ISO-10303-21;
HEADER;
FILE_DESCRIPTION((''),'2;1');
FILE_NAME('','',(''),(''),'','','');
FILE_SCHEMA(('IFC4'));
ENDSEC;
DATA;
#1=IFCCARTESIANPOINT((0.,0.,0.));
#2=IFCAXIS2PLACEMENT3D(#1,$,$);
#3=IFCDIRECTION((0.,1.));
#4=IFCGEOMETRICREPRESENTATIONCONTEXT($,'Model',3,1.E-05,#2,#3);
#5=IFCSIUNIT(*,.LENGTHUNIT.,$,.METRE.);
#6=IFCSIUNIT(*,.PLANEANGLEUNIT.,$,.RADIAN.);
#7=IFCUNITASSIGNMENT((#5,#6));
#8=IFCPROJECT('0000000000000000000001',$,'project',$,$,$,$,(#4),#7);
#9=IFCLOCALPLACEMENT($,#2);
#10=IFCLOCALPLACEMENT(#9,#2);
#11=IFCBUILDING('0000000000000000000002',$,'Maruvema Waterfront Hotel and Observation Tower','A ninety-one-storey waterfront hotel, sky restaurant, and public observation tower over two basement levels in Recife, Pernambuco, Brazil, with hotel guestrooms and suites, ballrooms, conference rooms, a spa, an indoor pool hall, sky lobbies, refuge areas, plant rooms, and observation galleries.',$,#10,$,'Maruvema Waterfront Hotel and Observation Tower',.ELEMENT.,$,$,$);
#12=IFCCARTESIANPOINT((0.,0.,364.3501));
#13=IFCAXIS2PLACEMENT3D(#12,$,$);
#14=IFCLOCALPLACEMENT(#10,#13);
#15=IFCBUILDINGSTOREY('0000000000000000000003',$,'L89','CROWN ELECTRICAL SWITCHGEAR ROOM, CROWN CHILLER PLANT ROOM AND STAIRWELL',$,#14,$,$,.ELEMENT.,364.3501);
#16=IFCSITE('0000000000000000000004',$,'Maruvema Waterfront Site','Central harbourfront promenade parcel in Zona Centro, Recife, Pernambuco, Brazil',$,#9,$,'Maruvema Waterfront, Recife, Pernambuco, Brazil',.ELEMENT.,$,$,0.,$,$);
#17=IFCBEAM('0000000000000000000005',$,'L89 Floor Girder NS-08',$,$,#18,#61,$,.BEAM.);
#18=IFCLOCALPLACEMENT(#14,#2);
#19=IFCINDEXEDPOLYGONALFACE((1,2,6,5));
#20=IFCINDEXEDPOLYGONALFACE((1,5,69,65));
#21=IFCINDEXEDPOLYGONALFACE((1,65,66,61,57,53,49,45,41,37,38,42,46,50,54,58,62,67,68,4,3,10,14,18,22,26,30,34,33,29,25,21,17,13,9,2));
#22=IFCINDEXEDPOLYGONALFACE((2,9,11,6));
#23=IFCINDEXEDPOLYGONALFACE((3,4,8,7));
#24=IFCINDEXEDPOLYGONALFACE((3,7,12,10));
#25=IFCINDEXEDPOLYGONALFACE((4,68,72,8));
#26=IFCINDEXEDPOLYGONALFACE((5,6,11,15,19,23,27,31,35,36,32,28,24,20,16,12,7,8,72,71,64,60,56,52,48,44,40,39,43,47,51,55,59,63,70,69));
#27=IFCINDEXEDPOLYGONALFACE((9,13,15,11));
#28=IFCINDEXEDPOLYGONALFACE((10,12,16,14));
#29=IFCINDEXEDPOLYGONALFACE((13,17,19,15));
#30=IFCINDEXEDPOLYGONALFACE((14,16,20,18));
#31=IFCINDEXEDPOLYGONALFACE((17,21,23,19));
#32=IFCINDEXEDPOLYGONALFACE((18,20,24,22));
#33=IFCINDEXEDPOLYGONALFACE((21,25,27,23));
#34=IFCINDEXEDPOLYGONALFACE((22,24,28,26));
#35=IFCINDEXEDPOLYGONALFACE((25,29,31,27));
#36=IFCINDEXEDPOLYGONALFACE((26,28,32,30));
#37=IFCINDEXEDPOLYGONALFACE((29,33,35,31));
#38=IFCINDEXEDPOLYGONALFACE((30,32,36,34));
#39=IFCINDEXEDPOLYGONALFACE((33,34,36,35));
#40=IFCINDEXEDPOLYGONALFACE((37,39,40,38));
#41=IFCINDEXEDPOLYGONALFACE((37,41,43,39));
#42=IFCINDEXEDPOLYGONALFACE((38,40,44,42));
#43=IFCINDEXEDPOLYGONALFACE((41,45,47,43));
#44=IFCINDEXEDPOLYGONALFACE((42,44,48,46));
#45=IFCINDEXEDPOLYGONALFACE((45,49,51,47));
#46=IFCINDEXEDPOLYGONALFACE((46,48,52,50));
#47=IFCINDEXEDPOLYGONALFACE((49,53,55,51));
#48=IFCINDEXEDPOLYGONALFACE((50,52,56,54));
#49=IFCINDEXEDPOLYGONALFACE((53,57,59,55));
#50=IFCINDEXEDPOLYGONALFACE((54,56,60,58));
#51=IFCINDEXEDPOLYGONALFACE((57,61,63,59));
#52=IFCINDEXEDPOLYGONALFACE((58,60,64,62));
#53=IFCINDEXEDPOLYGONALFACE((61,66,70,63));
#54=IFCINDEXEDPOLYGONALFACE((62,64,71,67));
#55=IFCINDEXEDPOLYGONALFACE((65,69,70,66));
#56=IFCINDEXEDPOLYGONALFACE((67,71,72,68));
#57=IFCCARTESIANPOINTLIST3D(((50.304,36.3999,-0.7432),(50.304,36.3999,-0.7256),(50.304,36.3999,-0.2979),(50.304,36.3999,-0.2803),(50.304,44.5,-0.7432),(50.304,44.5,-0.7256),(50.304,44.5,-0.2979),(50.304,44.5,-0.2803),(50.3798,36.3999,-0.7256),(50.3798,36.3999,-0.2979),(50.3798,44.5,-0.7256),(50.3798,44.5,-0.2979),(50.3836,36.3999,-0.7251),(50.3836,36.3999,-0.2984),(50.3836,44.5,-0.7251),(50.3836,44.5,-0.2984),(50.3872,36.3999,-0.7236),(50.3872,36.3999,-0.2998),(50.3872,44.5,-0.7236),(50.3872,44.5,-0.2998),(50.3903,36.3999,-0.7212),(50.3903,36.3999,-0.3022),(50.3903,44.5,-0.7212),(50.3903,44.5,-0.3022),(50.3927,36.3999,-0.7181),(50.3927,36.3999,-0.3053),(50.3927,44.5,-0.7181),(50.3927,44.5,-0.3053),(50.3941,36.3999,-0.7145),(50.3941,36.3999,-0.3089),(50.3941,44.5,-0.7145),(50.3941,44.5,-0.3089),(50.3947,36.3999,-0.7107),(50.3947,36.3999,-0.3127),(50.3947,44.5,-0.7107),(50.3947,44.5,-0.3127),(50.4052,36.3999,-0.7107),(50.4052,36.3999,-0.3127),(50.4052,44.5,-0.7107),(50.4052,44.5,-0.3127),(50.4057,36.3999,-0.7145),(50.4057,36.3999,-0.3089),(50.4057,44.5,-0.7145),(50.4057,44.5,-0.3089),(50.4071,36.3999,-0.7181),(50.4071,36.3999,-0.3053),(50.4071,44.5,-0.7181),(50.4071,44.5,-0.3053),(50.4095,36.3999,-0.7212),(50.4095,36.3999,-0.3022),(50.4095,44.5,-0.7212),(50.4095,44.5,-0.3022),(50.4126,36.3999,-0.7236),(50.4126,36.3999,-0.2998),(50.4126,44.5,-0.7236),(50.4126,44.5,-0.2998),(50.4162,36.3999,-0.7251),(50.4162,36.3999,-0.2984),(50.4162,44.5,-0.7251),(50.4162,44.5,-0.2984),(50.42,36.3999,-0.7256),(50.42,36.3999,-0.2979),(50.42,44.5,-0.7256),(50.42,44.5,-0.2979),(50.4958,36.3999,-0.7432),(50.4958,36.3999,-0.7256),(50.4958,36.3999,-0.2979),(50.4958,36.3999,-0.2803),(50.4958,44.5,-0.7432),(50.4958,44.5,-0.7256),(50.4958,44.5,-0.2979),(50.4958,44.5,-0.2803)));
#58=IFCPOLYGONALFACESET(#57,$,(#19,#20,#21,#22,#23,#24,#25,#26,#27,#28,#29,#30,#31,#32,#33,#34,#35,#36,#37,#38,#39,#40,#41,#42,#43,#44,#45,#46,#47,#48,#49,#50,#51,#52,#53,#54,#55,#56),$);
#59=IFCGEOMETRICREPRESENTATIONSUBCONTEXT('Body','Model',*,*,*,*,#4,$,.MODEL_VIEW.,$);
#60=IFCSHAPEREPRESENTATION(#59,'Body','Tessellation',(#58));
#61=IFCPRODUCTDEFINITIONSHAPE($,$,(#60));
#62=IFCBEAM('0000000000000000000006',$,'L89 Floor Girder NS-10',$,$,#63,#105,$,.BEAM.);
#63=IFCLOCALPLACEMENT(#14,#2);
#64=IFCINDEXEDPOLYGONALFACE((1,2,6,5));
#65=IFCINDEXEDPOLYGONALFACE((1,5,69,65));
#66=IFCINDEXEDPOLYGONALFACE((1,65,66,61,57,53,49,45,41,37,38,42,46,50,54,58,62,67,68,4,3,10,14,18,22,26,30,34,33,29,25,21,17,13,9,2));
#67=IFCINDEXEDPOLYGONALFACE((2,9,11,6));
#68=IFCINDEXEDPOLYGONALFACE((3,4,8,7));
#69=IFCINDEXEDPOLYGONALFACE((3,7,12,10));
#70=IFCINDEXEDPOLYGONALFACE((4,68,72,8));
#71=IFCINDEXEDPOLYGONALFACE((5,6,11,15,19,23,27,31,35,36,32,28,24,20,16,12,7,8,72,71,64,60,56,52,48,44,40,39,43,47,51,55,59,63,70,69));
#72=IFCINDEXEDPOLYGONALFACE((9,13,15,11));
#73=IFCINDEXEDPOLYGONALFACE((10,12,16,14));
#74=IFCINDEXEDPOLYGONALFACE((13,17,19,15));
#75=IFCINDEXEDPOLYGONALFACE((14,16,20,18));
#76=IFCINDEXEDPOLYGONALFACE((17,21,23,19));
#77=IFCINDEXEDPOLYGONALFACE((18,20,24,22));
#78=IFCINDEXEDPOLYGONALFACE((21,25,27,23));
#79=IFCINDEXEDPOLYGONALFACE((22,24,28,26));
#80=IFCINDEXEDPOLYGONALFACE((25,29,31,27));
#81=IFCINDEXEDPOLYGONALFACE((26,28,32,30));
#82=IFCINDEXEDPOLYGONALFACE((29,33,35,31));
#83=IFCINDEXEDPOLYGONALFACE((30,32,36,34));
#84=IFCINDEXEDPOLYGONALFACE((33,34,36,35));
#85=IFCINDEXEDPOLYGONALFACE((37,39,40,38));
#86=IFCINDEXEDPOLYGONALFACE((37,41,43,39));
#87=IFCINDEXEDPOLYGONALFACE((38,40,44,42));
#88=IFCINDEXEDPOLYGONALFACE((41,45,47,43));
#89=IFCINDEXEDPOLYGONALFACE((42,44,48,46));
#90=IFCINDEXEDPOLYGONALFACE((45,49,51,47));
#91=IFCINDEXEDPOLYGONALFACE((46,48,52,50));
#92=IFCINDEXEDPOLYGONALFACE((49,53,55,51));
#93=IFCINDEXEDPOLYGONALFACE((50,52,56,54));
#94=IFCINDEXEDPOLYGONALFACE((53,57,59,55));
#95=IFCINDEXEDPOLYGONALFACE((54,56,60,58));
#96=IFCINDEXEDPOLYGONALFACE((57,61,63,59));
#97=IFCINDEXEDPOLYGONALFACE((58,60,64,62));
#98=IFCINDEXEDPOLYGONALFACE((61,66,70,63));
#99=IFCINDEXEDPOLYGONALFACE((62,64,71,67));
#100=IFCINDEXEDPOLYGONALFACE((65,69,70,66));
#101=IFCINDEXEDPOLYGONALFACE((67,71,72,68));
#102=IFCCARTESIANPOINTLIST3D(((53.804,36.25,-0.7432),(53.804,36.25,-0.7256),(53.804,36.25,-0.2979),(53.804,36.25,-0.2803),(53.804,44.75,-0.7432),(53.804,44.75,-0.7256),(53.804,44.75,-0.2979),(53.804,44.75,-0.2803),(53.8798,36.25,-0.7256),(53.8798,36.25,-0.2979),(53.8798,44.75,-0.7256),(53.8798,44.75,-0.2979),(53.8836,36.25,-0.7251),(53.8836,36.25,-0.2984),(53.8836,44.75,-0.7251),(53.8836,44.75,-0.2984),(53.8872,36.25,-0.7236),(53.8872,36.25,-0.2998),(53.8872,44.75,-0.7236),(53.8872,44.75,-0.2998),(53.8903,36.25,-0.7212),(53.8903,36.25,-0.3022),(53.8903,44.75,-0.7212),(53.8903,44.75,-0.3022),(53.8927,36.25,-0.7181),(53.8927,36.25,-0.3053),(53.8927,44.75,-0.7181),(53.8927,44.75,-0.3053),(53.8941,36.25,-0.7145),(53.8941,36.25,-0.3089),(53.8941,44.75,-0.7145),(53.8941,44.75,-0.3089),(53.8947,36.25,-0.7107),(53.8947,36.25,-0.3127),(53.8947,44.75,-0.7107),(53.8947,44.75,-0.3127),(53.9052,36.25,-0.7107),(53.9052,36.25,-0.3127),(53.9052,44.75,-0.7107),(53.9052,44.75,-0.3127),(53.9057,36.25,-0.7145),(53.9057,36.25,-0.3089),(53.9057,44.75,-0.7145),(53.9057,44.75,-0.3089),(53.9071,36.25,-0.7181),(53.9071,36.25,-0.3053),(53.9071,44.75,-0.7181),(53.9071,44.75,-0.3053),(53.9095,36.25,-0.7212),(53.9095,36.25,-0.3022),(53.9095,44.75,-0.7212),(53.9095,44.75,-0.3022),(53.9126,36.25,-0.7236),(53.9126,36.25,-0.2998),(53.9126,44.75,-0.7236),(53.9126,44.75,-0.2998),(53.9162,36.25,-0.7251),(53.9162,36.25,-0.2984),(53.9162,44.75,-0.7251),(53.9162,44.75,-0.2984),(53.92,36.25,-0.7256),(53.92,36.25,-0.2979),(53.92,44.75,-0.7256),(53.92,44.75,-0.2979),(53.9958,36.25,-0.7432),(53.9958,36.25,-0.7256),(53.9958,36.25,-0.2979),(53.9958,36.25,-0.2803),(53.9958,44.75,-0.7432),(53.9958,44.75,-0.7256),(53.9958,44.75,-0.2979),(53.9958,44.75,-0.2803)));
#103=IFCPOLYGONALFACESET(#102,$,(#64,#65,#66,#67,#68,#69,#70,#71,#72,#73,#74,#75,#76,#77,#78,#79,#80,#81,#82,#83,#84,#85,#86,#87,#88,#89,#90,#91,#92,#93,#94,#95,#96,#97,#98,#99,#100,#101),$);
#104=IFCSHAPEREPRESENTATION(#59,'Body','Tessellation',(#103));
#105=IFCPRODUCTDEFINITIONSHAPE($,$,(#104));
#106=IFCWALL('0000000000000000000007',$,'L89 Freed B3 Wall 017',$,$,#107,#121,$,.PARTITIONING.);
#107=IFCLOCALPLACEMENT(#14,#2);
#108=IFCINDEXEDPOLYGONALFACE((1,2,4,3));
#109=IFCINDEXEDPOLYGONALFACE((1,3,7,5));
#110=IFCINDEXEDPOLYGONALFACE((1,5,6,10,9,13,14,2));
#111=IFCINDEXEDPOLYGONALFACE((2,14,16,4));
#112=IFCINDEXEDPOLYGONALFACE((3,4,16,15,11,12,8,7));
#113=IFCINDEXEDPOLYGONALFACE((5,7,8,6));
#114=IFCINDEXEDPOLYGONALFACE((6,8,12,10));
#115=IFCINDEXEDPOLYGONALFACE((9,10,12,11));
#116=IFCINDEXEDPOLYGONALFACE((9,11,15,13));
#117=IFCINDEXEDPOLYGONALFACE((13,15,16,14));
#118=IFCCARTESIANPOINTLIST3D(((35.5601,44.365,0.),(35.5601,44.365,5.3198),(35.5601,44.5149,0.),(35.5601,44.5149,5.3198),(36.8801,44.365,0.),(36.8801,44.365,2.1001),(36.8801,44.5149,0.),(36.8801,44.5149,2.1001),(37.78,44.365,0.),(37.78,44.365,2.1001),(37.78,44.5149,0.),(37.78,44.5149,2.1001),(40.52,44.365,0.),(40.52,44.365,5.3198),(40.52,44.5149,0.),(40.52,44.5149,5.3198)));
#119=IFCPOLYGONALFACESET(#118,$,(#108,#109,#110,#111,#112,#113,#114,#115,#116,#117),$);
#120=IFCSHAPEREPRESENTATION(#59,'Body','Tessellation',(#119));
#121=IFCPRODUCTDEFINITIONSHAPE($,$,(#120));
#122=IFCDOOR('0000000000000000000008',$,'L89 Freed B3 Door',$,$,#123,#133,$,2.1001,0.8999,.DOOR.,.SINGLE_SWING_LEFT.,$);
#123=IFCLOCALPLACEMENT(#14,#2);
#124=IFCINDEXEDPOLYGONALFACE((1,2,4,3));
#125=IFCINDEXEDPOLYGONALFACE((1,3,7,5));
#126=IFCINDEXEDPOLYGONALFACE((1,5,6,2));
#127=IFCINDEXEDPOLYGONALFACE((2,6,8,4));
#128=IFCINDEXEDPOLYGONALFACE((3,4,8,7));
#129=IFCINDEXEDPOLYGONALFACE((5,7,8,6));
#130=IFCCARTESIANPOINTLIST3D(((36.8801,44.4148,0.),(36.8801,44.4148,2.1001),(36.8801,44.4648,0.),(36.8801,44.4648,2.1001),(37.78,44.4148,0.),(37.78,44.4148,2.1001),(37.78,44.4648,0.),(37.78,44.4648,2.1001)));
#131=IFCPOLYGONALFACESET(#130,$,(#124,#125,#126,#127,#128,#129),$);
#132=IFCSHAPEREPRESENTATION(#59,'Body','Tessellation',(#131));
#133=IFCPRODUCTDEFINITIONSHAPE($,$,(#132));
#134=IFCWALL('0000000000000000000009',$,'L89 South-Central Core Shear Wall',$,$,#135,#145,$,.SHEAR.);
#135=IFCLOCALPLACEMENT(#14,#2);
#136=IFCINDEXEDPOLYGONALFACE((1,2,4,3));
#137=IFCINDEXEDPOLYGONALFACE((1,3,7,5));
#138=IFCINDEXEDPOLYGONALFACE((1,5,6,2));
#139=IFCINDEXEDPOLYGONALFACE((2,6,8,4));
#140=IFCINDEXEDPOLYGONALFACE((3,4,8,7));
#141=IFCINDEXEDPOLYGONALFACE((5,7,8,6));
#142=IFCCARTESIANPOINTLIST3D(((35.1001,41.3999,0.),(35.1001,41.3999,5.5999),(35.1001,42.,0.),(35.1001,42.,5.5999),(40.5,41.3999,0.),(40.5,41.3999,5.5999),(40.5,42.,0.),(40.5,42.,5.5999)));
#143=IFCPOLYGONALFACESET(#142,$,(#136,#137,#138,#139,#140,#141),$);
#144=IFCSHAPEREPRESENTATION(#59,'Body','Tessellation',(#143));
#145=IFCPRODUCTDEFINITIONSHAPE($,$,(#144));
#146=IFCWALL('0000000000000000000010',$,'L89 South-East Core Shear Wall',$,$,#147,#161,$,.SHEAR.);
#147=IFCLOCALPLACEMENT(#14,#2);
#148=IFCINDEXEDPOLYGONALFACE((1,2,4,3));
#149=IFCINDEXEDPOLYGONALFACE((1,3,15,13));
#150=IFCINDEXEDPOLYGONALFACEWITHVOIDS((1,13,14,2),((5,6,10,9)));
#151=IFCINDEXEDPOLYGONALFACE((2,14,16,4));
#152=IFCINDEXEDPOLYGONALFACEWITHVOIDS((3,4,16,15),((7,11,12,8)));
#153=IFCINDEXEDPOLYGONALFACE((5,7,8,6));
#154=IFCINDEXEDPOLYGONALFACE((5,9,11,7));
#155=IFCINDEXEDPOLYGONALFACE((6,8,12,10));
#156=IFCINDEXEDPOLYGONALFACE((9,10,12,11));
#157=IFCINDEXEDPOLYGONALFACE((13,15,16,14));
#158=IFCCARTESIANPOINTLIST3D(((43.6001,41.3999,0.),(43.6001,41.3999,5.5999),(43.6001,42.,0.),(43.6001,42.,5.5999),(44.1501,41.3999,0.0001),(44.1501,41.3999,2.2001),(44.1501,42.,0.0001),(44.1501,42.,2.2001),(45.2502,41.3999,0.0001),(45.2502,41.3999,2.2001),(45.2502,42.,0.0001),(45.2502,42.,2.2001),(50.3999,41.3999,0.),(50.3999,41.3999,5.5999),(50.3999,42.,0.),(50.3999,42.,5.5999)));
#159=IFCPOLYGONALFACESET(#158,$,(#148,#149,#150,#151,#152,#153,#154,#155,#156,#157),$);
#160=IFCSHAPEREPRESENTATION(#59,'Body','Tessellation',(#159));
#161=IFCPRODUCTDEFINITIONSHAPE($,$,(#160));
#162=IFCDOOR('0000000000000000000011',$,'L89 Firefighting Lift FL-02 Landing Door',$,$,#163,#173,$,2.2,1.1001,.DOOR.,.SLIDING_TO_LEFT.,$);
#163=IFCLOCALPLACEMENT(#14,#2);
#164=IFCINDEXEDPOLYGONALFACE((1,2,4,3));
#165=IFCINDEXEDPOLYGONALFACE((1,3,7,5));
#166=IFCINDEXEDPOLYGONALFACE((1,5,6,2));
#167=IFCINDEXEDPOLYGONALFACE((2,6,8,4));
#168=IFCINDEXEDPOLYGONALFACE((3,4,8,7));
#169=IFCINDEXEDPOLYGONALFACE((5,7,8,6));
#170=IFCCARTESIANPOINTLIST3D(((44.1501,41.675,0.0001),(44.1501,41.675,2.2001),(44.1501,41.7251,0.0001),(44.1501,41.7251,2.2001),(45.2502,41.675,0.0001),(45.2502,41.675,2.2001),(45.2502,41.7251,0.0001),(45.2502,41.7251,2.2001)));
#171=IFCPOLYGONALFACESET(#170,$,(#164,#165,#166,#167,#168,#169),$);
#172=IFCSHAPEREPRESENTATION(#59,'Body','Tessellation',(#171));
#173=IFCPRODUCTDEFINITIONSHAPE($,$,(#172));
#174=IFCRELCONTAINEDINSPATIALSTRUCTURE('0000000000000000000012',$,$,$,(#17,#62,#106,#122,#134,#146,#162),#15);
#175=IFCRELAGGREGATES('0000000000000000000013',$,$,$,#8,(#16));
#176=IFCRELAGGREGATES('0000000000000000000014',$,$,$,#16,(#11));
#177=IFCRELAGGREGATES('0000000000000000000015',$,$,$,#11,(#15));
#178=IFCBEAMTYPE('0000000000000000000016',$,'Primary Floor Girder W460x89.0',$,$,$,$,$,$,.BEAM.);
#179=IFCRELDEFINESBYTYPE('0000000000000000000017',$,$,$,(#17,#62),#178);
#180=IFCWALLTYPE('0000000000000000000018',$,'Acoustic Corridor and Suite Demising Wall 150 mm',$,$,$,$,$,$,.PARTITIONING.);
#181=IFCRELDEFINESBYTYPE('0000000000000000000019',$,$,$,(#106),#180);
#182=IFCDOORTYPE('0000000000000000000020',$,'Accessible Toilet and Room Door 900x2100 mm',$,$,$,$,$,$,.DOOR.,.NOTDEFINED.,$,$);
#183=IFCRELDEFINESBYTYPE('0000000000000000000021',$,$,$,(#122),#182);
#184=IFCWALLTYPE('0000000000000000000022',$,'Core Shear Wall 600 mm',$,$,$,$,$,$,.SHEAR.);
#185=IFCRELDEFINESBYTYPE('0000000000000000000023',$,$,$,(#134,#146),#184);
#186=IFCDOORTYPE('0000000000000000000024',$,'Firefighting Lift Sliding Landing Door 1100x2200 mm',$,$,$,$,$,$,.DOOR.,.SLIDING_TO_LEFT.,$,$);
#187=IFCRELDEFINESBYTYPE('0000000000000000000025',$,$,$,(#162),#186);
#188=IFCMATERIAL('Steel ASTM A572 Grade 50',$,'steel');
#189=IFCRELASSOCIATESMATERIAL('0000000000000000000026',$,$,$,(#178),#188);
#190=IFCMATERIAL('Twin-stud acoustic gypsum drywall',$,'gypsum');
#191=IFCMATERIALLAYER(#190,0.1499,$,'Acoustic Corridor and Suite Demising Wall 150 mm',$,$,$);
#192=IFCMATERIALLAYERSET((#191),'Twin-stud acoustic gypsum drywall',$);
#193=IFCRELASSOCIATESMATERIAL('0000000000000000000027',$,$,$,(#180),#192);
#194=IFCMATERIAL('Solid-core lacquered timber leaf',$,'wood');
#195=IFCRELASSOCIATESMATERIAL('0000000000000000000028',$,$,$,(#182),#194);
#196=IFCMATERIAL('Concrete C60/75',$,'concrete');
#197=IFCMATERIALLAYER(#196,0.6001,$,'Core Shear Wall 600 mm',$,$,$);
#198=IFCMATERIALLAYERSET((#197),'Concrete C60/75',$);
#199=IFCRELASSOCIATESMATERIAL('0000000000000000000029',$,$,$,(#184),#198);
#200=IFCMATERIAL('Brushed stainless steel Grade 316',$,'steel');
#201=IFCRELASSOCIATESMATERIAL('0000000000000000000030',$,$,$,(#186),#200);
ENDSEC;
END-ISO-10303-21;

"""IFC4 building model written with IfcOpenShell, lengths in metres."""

from ifc_helpers import new_model, si_unit, direction, frame, frame_2d, origin, origin_2d, place, context, subcontext, project, spatial, rectangle, i_section, extrude, material, layer, layer_set, material_profile, profile_set, type_object, element, fill, save


model = new_model("IFC4")

# Units and contexts
model_context = context("Model", 3, precision=1e-05, world=origin(), true_north=direction((0.0, 1.0)))
body_context = subcontext(model_context, "Body", "Model", "MODEL_VIEW")
ifc_project = project(units=[si_unit("LENGTHUNIT", "METRE"), si_unit("PLANEANGLEUNIT", "RADIAN")], contexts=[model_context])

# Site, building, storey
site_placement = place(None, origin())
site = spatial("IfcSite", under=ifc_project, at=site_placement, Name="Maruvema Waterfront Site", Description="Central harbourfront promenade parcel in Zona Centro, Recife, Pernambuco, Brazil", LongName="Maruvema Waterfront, Recife, Pernambuco, Brazil", CompositionType="ELEMENT", RefElevation=0.0)
building_placement = place(site_placement, origin())
building = spatial("IfcBuilding", under=site, at=building_placement, Name="Maruvema Waterfront Hotel and Observation Tower", Description="A ninety-one-storey waterfront hotel, sky restaurant, and public observation tower over two basement levels in Recife, Pernambuco, Brazil, with hotel guestrooms and suites, ballrooms, conference rooms, a spa, an indoor pool hall, sky lobbies, refuge areas, plant rooms, and observation galleries.", LongName="Maruvema Waterfront Hotel and Observation Tower", CompositionType="ELEMENT")
storey_placement = place(building_placement, frame((0.0, 0.0, 364.3501)))
storey = spatial("IfcBuildingStorey", under=building, at=storey_placement, Name="L89", Description="CROWN ELECTRICAL SWITCHGEAR ROOM, CROWN CHILLER PLANT ROOM AND STAIRWELL", CompositionType="ELEMENT", Elevation=364.3501)

# Beams
ifc_material_1 = material(Name="Steel ASTM A572 Grade 50", Category="steel")
ifc_material_profile_1 = material_profile(ifc_material_1, i_section(OverallWidth=0.1919, OverallDepth=0.4629, WebThickness=0.0105, FlangeThickness=0.0176, FilletRadius=0.0149, at=origin_2d()), Name="W460x89.0")
ifc_profile_set_1 = profile_set([ifc_material_profile_1], Name="Steel ASTM A572 Grade 50")
beam_type_1 = type_object("IfcBeamType", Name="Primary Floor Girder W460x89.0", PredefinedType="BEAM", material=ifc_profile_set_1)
beam_1_placement = place(storey_placement, frame((50.3999, 36.3999, -0.5117), z_axis=(0.0, 1.0, 0.0), x_axis=(-1.0, 0.0, 0.0)))
element("IfcBeam", 1, at=beam_1_placement, inside=storey, type_object=beam_type_1, Name="L89 Floor Girder NS-08", PredefinedType="BEAM", context=body_context, shape_type="SweptSolid", body=[
    extrude(i_section(OverallWidth=0.1919, OverallDepth=0.4629, WebThickness=0.0105, FlangeThickness=0.0176, FilletRadius=0.0149, at=origin_2d()), origin(), (0.0, 0.0, 1.0), 8.1001),
])
beam_2_placement = place(storey_placement, frame((53.8999, 36.25, -0.5117), z_axis=(0.0, 1.0, 0.0), x_axis=(-1.0, 0.0, 0.0)))
element("IfcBeam", 2, at=beam_2_placement, inside=storey, type_object=beam_type_1, Name="L89 Floor Girder NS-10", PredefinedType="BEAM", context=body_context, shape_type="SweptSolid", body=[
    extrude(i_section(OverallWidth=0.1919, OverallDepth=0.4629, WebThickness=0.0105, FlangeThickness=0.0176, FilletRadius=0.0149, at=origin_2d()), origin(), (0.0, 0.0, 1.0), 8.5),
])

# Wall, opening, door
ifc_material_2 = material(Name="Twin-stud acoustic gypsum drywall", Category="gypsum")
ifc_layer_1 = layer(ifc_material_2, 0.1499, Name="Acoustic Corridor and Suite Demising Wall 150 mm")
ifc_layer_set_1 = layer_set([ifc_layer_1], Name="Twin-stud acoustic gypsum drywall")
wall_type_1 = type_object("IfcWallType", Name="Acoustic Corridor and Suite Demising Wall 150 mm", PredefinedType="PARTITIONING", material=ifc_layer_set_1)
wall_1_placement = place(storey_placement, frame((35.5601, 44.4399, 0.0), z_axis=(0.0, 0.0, 1.0), x_axis=(1.0, 0.0, 0.0)))
wall_1 = element("IfcWall", 3, at=wall_1_placement, inside=storey, type_object=wall_type_1, Name="L89 Freed B3 Wall 017", PredefinedType="PARTITIONING", context=body_context, shape_type="SweptSolid", body=[
    extrude(rectangle(XDim=4.96, YDim=0.1499, at=frame_2d((2.48, 0.0))), origin(), (0.0, 0.0, 1.0), 5.3198),
])
opening_1_placement = place(wall_1_placement, frame((1.3201, 0.0, 0.0)))
opening_1 = element("IfcOpeningElement", 4, at=opening_1_placement, cuts=wall_1, PredefinedType="OPENING", context=body_context, shape_type="SweptSolid", body=[
    extrude(rectangle(XDim=0.8999, YDim=2.1001, at=frame_2d((0.45, 1.05))), frame((0.0, 0.085, 0.0), z_axis=(0.0, -1.0, 0.0), x_axis=(1.0, 0.0, 0.0)), (0.0, 0.0, 1.0), 0.1699),
])
ifc_material_3 = material(Name="Solid-core lacquered timber leaf", Category="wood")
door_type_1 = type_object("IfcDoorType", Name="Accessible Toilet and Room Door 900x2100 mm", OperationType="NOTDEFINED", PredefinedType="DOOR", material=ifc_material_3)
door_1_placement = place(opening_1_placement, origin())
door_1 = element("IfcDoor", 5, at=door_1_placement, inside=storey, type_object=door_type_1, Name="L89 Freed B3 Door", OperationType="SINGLE_SWING_LEFT", OverallHeight=2.1001, OverallWidth=0.8999, PredefinedType="DOOR", context=body_context, shape_type="SweptSolid", body=[
    extrude(rectangle(XDim=0.8999, YDim=2.1001, at=frame_2d((0.45, 1.05))), frame((0.0, 0.0249, 0.0), z_axis=(0.0, -1.0, 0.0), x_axis=(1.0, 0.0, 0.0)), (0.0, 0.0, 1.0), 0.05),
])
fill(opening_1, door_1)

# Wall
ifc_material_4 = material(Name="Concrete C60/75", Category="concrete")
ifc_layer_2 = layer(ifc_material_4, 0.6001, Name="Core Shear Wall 600 mm")
ifc_layer_set_2 = layer_set([ifc_layer_2], Name="Concrete C60/75")
wall_type_2 = type_object("IfcWallType", Name="Core Shear Wall 600 mm", PredefinedType="SHEAR", material=ifc_layer_set_2)
wall_2_placement = place(storey_placement, frame((35.1001, 41.7, 0.0), z_axis=(0.0, 0.0, 1.0), x_axis=(1.0, 0.0, 0.0)))
element("IfcWall", 6, at=wall_2_placement, inside=storey, type_object=wall_type_2, Name="L89 South-Central Core Shear Wall", PredefinedType="SHEAR", context=body_context, shape_type="SweptSolid", body=[
    extrude(rectangle(XDim=5.3999, YDim=0.6001, at=frame_2d((2.7, 0.0))), origin(), (0.0, 0.0, 1.0), 5.5999),
])

# Wall, opening, door
wall_3_placement = place(storey_placement, frame((43.6001, 41.7, 0.0), z_axis=(0.0, 0.0, 1.0), x_axis=(1.0, 0.0, 0.0)))
wall_3 = element("IfcWall", 7, at=wall_3_placement, inside=storey, type_object=wall_type_2, Name="L89 South-East Core Shear Wall", PredefinedType="SHEAR", context=body_context, shape_type="SweptSolid", body=[
    extrude(rectangle(XDim=6.7998, YDim=0.6001, at=frame_2d((3.3999, 0.0))), origin(), (0.0, 0.0, 1.0), 5.5999),
])
opening_2_placement = place(wall_3_placement, frame((0.55, 0.0, 0.0)))
opening_2 = element("IfcOpeningElement", 8, at=opening_2_placement, cuts=wall_3, PredefinedType="OPENING", context=body_context, shape_type="SweptSolid", body=[
    extrude(rectangle(XDim=1.1001, YDim=2.2, at=frame_2d((0.55, 1.1001))), frame((0.0, 0.3101, 0.0), z_axis=(0.0, -1.0, 0.0), x_axis=(1.0, 0.0, 0.0)), (0.0, 0.0, 1.0), 0.6201),
])
ifc_material_5 = material(Name="Brushed stainless steel Grade 316", Category="steel")
door_type_2 = type_object("IfcDoorType", Name="Firefighting Lift Sliding Landing Door 1100x2200 mm", OperationType="SLIDING_TO_LEFT", PredefinedType="DOOR", material=ifc_material_5)
door_2_placement = place(opening_2_placement, frame((1.1001, 0.0, 0.0), z_axis=(0.0, 0.0, 1.0), x_axis=(-1.0, 0.0, 0.0)))
door_2 = element("IfcDoor", 9, at=door_2_placement, inside=storey, type_object=door_type_2, Name="L89 Firefighting Lift FL-02 Landing Door", OperationType="SLIDING_TO_LEFT", OverallHeight=2.2, OverallWidth=1.1001, PredefinedType="DOOR", context=body_context, shape_type="SweptSolid", body=[
    extrude(rectangle(XDim=1.1001, YDim=2.2, at=frame_2d((0.55, 1.1001))), frame((0.0, 0.0249, 0.0), z_axis=(0.0, -1.0, 0.0), x_axis=(1.0, 0.0, 0.0)), (0.0, 0.0, 1.0), 0.05),
])
fill(opening_2, door_2)

save(model, "model.ifc")
